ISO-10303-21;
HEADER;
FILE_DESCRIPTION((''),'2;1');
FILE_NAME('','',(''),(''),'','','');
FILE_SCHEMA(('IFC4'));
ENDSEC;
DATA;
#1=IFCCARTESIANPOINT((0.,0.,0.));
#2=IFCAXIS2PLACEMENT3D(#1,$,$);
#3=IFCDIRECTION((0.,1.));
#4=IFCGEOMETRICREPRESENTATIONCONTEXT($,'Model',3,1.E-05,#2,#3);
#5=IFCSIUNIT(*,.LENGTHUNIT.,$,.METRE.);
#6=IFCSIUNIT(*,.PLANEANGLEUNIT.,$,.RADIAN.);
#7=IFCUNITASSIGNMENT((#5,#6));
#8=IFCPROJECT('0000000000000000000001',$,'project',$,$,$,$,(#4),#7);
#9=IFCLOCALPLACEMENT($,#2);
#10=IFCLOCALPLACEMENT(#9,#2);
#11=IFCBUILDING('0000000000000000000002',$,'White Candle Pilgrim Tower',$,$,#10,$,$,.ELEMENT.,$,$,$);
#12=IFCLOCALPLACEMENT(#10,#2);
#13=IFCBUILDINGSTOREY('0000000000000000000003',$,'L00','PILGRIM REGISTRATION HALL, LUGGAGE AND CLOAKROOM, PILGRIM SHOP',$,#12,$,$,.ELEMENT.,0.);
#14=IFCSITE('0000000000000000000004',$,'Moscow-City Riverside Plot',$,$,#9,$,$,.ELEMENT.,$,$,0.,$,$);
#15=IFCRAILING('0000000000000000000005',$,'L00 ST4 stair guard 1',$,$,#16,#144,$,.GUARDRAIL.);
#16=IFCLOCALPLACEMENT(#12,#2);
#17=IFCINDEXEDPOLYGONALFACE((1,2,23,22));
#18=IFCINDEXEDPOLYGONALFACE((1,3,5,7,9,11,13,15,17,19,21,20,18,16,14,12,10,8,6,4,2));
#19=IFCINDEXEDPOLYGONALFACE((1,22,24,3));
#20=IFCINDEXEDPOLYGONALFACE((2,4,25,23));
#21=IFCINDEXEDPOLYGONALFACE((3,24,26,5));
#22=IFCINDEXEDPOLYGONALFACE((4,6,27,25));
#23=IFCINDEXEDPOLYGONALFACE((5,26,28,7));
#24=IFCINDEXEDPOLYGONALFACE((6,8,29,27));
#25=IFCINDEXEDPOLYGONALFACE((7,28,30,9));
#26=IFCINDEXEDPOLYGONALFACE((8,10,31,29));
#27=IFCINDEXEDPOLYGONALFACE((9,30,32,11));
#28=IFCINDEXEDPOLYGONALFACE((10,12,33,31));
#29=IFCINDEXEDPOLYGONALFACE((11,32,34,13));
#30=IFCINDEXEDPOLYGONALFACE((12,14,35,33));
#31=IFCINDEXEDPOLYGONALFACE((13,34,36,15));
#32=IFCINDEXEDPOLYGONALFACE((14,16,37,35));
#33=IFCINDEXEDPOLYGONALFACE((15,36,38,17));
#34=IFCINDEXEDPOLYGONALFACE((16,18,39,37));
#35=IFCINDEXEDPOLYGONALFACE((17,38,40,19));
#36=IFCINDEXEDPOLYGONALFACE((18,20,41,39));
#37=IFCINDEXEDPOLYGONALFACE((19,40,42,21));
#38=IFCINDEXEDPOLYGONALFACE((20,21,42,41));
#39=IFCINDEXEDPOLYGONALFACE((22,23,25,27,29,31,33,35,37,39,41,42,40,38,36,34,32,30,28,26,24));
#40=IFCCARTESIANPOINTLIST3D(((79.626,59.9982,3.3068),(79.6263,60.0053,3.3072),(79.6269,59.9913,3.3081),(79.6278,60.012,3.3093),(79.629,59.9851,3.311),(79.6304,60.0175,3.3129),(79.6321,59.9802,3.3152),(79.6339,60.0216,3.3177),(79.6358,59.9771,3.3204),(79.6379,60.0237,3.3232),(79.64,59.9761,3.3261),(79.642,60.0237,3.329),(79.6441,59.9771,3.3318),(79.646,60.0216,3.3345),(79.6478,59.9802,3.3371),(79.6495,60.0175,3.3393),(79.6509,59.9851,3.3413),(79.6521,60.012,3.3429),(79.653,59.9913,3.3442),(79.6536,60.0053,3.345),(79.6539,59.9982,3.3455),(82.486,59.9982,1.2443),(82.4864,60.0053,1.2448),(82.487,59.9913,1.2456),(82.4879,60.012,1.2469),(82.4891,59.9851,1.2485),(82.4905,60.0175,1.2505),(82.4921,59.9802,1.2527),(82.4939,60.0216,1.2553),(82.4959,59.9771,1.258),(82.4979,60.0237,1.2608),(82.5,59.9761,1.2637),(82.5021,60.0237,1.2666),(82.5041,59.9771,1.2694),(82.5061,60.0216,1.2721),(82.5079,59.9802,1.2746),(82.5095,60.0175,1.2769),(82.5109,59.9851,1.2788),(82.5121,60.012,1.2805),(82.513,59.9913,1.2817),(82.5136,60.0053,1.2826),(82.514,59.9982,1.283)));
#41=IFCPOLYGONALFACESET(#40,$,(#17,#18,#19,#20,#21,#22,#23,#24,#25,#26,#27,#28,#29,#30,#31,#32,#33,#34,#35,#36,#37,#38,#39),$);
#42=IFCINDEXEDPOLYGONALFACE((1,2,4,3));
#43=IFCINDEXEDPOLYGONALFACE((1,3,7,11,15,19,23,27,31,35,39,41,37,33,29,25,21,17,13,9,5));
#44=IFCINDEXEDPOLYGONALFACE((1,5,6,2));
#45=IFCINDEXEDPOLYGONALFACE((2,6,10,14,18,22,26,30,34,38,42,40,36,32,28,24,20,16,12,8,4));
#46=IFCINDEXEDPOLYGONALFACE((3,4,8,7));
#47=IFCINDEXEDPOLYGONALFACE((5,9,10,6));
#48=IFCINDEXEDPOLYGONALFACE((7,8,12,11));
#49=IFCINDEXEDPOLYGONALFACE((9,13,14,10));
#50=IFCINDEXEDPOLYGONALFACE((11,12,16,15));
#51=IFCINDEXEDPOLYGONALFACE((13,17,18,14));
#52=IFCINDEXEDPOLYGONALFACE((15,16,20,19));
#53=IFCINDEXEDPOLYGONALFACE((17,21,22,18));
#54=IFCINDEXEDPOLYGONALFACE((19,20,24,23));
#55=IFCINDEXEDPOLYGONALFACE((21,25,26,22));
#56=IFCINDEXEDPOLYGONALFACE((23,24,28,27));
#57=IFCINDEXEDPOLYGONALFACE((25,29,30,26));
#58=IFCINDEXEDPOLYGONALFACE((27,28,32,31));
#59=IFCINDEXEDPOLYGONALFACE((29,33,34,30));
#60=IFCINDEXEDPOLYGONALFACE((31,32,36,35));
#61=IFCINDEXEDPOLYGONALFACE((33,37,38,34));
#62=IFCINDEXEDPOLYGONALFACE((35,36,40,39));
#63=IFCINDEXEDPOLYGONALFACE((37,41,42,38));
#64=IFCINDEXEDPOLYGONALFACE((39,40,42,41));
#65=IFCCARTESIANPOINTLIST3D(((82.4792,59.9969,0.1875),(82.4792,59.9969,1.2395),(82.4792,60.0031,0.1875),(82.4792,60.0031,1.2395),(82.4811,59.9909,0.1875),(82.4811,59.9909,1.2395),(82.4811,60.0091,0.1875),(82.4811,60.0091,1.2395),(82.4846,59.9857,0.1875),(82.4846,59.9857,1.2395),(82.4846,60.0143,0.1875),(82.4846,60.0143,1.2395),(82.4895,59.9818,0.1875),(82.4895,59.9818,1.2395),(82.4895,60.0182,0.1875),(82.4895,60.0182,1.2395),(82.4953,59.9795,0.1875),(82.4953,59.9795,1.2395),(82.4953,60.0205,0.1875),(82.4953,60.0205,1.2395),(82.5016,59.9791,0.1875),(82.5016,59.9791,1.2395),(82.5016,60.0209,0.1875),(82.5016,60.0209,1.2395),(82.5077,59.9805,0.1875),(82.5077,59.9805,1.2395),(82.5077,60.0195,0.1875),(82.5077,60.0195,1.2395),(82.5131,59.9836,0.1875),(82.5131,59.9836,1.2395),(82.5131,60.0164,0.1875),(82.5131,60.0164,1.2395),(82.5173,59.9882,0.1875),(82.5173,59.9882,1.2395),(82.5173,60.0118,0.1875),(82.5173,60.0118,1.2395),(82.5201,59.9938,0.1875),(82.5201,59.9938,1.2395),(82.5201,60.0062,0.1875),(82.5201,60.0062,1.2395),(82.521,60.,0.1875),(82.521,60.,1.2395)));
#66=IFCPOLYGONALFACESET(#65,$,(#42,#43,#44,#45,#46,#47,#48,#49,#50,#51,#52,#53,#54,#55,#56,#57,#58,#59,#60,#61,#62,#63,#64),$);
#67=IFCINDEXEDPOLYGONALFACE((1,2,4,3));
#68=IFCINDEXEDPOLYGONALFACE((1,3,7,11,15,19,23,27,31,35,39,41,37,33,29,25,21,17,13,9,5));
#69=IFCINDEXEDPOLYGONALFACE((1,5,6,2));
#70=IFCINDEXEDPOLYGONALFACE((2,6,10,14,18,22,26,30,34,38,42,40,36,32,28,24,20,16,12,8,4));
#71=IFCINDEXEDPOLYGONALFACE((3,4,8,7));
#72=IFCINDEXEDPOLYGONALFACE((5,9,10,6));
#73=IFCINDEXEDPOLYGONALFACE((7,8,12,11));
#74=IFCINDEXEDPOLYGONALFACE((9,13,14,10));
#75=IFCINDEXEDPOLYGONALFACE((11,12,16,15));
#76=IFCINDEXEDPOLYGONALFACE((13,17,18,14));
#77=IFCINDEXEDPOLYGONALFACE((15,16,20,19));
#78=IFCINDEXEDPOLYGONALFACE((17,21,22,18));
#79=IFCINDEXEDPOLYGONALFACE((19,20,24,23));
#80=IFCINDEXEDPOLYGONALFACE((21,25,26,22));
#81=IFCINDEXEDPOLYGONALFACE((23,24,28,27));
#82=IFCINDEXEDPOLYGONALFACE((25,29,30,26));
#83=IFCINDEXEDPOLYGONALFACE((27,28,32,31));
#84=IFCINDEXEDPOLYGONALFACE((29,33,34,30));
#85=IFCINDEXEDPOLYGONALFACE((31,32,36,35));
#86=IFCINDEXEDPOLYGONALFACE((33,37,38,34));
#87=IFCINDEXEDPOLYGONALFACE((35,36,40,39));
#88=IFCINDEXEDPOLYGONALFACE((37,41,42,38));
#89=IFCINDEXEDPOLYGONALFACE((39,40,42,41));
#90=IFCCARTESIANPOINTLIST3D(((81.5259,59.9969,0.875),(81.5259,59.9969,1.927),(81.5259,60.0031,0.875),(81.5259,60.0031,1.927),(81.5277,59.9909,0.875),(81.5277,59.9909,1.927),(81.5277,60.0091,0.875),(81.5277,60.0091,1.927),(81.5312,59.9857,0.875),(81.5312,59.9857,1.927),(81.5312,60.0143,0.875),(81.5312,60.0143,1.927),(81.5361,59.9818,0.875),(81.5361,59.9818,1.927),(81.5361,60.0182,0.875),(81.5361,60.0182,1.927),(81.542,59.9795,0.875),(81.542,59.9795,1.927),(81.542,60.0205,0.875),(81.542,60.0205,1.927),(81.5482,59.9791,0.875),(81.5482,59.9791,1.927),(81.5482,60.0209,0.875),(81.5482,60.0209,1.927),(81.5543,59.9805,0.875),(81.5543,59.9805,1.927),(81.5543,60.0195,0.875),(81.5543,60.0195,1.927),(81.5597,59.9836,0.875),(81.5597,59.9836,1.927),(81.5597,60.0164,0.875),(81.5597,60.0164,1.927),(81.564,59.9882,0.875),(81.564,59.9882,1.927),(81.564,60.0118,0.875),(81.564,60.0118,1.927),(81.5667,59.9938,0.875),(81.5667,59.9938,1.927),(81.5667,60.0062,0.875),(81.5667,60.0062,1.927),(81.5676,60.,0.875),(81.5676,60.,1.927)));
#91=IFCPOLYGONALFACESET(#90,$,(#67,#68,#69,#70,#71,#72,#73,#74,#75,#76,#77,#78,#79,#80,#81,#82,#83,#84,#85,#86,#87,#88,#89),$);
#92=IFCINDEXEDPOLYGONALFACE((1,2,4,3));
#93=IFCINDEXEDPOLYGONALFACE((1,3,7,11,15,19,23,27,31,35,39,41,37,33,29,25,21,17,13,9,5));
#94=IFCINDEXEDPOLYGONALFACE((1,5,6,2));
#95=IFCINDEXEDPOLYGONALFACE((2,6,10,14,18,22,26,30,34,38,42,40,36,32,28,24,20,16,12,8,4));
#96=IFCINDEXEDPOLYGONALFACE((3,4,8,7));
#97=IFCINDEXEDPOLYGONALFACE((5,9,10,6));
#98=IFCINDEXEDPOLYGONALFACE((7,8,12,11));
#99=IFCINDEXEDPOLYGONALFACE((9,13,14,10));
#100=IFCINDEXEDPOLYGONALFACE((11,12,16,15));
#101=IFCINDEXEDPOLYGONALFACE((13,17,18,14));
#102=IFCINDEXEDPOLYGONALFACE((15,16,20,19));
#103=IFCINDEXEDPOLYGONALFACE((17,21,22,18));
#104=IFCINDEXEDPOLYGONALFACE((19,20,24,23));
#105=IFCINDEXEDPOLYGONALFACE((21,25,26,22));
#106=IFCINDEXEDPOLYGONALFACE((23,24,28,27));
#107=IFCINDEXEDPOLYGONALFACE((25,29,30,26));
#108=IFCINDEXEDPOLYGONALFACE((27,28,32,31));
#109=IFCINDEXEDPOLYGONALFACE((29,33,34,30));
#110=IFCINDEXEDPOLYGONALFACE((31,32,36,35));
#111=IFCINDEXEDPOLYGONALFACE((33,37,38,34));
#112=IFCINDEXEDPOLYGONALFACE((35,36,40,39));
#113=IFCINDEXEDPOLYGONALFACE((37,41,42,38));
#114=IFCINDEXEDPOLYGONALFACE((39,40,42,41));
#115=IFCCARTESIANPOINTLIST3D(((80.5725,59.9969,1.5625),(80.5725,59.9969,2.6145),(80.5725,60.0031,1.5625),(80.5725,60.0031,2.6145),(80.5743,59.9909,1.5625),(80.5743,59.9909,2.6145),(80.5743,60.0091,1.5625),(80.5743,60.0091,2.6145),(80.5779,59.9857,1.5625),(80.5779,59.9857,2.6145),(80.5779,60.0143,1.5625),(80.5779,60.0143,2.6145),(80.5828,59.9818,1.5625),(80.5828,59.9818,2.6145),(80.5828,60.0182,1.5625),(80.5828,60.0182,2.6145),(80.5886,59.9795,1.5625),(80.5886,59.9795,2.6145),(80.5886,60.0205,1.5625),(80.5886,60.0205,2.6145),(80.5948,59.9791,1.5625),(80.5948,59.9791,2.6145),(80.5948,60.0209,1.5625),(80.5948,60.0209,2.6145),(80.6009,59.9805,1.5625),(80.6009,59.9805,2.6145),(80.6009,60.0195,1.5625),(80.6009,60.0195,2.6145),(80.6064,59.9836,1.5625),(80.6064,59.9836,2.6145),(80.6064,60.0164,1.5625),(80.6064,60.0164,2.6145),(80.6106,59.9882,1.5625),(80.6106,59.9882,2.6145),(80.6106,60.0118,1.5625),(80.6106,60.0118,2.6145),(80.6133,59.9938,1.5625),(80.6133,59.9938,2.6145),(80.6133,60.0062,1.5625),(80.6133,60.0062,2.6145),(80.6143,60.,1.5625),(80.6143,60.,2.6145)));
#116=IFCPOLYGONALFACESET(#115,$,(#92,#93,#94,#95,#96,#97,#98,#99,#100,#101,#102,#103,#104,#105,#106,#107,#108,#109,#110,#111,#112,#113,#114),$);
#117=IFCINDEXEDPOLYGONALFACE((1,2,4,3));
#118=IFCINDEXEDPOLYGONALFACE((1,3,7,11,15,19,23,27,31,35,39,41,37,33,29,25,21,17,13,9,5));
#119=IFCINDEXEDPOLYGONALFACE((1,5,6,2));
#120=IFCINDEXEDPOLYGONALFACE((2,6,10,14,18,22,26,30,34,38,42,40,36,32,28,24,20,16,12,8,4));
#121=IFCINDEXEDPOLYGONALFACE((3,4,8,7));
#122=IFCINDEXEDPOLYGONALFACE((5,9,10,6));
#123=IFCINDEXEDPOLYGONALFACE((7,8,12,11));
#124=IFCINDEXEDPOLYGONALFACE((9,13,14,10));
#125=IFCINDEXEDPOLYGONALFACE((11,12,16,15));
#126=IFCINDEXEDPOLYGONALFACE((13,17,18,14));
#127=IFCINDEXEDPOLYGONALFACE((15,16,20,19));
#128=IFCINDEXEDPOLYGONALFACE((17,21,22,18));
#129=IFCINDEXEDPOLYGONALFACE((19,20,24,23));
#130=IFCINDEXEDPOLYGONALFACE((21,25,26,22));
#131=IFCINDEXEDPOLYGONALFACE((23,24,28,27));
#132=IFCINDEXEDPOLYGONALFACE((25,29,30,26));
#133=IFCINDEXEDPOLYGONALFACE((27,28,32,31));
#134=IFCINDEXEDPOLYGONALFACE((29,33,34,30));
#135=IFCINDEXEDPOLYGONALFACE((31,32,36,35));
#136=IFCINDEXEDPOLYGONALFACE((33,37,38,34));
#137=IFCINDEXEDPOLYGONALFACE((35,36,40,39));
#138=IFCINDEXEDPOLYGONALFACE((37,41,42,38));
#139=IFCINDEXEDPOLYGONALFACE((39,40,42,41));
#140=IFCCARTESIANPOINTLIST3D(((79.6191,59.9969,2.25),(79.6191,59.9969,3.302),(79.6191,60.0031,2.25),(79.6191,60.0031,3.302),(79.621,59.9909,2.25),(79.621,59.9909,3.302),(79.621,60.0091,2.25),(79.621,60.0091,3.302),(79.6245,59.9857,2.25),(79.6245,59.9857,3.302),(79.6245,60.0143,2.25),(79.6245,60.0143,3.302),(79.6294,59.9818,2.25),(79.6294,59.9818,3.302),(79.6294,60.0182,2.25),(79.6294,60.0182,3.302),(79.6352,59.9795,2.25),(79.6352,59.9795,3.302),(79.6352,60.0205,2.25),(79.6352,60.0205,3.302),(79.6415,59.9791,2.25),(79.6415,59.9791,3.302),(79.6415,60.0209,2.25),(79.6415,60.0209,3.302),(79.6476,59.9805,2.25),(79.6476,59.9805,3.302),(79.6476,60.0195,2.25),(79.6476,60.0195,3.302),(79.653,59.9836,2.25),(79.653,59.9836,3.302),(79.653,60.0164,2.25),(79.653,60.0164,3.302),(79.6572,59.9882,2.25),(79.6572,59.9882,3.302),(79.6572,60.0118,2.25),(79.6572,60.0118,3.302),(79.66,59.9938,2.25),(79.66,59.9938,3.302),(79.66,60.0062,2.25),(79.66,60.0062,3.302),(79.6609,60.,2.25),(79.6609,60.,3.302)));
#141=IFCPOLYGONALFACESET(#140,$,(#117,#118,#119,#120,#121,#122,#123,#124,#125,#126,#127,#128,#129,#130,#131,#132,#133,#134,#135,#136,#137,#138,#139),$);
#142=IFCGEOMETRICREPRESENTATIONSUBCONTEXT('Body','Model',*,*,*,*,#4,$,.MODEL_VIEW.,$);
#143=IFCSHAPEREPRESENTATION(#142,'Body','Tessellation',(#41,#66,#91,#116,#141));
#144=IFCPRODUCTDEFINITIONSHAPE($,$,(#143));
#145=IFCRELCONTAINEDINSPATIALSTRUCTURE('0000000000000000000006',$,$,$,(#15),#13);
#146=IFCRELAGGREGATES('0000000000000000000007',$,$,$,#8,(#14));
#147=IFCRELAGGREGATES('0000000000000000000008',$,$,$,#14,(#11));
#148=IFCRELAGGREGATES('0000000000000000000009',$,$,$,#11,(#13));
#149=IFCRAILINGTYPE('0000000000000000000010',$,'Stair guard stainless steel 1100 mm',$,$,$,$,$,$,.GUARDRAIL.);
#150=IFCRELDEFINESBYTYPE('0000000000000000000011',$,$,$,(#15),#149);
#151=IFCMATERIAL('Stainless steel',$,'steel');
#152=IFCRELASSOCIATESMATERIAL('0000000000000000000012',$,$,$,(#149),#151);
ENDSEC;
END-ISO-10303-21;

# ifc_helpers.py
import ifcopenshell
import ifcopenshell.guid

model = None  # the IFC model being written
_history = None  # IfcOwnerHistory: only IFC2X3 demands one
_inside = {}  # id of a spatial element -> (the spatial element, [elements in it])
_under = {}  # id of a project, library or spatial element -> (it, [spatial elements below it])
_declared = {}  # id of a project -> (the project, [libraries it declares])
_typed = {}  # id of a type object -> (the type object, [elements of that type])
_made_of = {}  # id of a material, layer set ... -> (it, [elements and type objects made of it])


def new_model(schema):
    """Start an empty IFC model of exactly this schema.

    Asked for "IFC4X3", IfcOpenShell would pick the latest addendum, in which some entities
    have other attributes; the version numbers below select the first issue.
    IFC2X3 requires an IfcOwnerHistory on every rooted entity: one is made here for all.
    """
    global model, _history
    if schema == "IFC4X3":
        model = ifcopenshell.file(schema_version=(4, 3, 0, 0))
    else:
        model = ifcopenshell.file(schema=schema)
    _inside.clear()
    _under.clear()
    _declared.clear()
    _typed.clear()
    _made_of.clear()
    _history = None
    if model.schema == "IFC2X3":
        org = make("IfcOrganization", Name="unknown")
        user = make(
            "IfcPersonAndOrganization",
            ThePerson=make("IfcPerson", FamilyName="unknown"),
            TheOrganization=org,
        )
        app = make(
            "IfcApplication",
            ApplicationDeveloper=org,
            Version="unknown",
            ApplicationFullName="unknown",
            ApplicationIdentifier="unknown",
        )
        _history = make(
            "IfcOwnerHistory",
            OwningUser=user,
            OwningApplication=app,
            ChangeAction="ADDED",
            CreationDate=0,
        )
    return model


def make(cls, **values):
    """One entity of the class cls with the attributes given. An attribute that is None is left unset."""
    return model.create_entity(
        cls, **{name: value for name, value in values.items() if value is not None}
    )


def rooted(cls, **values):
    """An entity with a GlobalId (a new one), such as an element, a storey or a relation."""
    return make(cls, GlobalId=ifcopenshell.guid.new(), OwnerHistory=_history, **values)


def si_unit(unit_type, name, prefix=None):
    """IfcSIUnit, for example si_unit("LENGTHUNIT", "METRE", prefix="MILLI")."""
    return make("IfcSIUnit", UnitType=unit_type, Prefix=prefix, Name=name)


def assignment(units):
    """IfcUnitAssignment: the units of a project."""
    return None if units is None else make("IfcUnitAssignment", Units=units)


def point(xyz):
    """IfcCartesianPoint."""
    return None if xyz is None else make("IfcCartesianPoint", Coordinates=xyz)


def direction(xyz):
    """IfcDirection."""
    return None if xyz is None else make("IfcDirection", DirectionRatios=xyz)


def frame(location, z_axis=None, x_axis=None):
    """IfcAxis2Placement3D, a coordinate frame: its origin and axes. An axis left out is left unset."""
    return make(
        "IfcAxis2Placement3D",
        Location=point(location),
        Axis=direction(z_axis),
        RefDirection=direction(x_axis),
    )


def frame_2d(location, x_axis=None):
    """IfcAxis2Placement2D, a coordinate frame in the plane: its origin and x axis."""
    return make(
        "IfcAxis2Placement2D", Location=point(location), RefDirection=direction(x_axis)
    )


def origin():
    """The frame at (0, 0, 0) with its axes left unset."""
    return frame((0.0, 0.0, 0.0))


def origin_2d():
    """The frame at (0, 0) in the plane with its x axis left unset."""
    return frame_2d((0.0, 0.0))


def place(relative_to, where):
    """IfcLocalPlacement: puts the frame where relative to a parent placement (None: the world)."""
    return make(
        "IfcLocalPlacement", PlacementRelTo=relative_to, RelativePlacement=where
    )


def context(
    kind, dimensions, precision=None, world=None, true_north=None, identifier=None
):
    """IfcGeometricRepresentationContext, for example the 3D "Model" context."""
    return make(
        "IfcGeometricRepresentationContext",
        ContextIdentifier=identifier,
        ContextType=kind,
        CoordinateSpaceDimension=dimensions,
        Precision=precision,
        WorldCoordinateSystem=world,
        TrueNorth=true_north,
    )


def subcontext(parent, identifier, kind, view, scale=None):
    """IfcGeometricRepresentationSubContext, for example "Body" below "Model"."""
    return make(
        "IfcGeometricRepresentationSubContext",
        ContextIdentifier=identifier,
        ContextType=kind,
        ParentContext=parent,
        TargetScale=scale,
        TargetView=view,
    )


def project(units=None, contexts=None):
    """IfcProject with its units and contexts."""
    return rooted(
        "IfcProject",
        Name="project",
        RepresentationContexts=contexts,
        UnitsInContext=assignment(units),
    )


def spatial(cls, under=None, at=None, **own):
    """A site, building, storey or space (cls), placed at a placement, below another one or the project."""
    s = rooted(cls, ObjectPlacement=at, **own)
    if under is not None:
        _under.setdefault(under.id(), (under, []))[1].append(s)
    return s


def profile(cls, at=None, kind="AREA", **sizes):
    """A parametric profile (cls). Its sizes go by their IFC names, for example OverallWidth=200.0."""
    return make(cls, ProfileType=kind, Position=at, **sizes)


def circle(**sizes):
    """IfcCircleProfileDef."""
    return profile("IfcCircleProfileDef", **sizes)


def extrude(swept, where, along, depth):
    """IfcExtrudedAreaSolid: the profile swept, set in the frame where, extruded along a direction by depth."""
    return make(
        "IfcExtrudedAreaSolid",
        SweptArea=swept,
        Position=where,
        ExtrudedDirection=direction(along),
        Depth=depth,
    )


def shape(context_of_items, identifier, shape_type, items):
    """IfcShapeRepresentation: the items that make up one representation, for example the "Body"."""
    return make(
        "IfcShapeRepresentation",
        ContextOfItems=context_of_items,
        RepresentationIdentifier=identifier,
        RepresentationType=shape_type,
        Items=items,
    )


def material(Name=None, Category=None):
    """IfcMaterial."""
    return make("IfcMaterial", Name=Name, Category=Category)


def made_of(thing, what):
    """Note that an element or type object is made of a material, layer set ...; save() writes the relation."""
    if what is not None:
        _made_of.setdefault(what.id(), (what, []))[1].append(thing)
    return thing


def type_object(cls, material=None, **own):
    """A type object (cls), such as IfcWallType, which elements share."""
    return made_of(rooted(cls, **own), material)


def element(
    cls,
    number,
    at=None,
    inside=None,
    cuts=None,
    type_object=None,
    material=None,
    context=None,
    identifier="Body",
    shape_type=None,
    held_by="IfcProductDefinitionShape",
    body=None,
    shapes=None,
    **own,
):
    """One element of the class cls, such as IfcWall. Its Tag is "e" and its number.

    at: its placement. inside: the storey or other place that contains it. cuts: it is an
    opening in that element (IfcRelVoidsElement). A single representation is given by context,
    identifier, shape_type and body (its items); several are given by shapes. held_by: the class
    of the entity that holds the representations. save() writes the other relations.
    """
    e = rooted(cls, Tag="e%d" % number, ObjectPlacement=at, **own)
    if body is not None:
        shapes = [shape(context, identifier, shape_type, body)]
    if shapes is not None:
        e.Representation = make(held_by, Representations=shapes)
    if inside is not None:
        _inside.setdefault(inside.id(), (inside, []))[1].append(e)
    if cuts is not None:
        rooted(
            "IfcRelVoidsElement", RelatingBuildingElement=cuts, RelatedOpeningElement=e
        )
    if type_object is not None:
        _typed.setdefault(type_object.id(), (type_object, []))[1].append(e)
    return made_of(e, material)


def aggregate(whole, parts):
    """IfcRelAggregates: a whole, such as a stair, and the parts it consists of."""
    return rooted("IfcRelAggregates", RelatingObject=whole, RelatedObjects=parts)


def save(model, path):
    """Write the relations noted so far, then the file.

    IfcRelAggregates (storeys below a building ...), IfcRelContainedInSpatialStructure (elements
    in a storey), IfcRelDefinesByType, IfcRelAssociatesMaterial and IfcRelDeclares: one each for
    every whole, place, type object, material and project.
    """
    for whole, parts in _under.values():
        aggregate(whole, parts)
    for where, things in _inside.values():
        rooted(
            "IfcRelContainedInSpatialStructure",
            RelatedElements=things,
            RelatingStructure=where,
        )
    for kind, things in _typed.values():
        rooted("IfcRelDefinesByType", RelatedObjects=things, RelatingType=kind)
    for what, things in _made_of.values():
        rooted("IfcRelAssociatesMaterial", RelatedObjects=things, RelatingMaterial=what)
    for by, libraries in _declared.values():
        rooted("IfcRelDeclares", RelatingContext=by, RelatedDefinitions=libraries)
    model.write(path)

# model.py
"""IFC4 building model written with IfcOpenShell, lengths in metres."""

from ifc_helpers import new_model, si_unit, direction, frame, origin, origin_2d, place, context, subcontext, project, spatial, circle, extrude, material, type_object, element, save


model = new_model("IFC4")

# Units and contexts
model_context = context("Model", 3, precision=1e-05, world=origin(), true_north=direction((0.0, 1.0)))
body_context = subcontext(model_context, "Body", "Model", "MODEL_VIEW")
ifc_project = project(units=[si_unit("LENGTHUNIT", "METRE"), si_unit("PLANEANGLEUNIT", "RADIAN")], contexts=[model_context])

# Site, building, storey
site_placement = place(None, origin())
site = spatial("IfcSite", under=ifc_project, at=site_placement, Name="Moscow-City Riverside Plot", CompositionType="ELEMENT", RefElevation=0.0)
building_placement = place(site_placement, origin())
building = spatial("IfcBuilding", under=site, at=building_placement, Name="White Candle Pilgrim Tower", CompositionType="ELEMENT")
storey_placement = place(building_placement, origin())
storey = spatial("IfcBuildingStorey", under=building, at=storey_placement, Name="L00", Description="PILGRIM REGISTRATION HALL, LUGGAGE AND CLOAKROOM, PILGRIM SHOP", CompositionType="ELEMENT", Elevation=0.0)

# Railing
ifc_material_1 = material(Name="Stainless steel", Category="steel")
railing_type_1 = type_object("IfcRailingType", Name="Stair guard stainless steel 1100 mm", PredefinedType="GUARDRAIL", material=ifc_material_1)
railing_1_placement = place(storey_placement, frame((82.5, 60.0, 0.1875)))
element("IfcRailing", 1, at=railing_1_placement, inside=storey, type_object=railing_type_1, Name="L00 ST4 stair guard 1", PredefinedType="GUARDRAIL", context=body_context, shape_type="SweptSolid", body=[
    extrude(circle(Radius=0.0239, at=origin_2d()), frame((0.0, 0.0, 1.0762), z_axis=(-0.811101, 0.0, 0.584906), x_axis=(0.0, -1.0, 0.0)), (0.0, 0.0, 1.0), 3.5261),
    extrude(circle(Radius=0.021, at=origin_2d()), origin(), (0.0, 0.0, 1.0), 1.052),
    extrude(circle(Radius=0.021, at=origin_2d()), frame((-0.9534, 0.0, 0.6875)), (0.0, 0.0, 1.0), 1.052),
    extrude(circle(Radius=0.021, at=origin_2d()), frame((-1.9067, 0.0, 1.375)), (0.0, 0.0, 1.0), 1.052),
    extrude(circle(Radius=0.021, at=origin_2d()), frame((-2.8601, 0.0, 2.0625)), (0.0, 0.0, 1.0), 1.052),
])

save(model, "model.ifc")
